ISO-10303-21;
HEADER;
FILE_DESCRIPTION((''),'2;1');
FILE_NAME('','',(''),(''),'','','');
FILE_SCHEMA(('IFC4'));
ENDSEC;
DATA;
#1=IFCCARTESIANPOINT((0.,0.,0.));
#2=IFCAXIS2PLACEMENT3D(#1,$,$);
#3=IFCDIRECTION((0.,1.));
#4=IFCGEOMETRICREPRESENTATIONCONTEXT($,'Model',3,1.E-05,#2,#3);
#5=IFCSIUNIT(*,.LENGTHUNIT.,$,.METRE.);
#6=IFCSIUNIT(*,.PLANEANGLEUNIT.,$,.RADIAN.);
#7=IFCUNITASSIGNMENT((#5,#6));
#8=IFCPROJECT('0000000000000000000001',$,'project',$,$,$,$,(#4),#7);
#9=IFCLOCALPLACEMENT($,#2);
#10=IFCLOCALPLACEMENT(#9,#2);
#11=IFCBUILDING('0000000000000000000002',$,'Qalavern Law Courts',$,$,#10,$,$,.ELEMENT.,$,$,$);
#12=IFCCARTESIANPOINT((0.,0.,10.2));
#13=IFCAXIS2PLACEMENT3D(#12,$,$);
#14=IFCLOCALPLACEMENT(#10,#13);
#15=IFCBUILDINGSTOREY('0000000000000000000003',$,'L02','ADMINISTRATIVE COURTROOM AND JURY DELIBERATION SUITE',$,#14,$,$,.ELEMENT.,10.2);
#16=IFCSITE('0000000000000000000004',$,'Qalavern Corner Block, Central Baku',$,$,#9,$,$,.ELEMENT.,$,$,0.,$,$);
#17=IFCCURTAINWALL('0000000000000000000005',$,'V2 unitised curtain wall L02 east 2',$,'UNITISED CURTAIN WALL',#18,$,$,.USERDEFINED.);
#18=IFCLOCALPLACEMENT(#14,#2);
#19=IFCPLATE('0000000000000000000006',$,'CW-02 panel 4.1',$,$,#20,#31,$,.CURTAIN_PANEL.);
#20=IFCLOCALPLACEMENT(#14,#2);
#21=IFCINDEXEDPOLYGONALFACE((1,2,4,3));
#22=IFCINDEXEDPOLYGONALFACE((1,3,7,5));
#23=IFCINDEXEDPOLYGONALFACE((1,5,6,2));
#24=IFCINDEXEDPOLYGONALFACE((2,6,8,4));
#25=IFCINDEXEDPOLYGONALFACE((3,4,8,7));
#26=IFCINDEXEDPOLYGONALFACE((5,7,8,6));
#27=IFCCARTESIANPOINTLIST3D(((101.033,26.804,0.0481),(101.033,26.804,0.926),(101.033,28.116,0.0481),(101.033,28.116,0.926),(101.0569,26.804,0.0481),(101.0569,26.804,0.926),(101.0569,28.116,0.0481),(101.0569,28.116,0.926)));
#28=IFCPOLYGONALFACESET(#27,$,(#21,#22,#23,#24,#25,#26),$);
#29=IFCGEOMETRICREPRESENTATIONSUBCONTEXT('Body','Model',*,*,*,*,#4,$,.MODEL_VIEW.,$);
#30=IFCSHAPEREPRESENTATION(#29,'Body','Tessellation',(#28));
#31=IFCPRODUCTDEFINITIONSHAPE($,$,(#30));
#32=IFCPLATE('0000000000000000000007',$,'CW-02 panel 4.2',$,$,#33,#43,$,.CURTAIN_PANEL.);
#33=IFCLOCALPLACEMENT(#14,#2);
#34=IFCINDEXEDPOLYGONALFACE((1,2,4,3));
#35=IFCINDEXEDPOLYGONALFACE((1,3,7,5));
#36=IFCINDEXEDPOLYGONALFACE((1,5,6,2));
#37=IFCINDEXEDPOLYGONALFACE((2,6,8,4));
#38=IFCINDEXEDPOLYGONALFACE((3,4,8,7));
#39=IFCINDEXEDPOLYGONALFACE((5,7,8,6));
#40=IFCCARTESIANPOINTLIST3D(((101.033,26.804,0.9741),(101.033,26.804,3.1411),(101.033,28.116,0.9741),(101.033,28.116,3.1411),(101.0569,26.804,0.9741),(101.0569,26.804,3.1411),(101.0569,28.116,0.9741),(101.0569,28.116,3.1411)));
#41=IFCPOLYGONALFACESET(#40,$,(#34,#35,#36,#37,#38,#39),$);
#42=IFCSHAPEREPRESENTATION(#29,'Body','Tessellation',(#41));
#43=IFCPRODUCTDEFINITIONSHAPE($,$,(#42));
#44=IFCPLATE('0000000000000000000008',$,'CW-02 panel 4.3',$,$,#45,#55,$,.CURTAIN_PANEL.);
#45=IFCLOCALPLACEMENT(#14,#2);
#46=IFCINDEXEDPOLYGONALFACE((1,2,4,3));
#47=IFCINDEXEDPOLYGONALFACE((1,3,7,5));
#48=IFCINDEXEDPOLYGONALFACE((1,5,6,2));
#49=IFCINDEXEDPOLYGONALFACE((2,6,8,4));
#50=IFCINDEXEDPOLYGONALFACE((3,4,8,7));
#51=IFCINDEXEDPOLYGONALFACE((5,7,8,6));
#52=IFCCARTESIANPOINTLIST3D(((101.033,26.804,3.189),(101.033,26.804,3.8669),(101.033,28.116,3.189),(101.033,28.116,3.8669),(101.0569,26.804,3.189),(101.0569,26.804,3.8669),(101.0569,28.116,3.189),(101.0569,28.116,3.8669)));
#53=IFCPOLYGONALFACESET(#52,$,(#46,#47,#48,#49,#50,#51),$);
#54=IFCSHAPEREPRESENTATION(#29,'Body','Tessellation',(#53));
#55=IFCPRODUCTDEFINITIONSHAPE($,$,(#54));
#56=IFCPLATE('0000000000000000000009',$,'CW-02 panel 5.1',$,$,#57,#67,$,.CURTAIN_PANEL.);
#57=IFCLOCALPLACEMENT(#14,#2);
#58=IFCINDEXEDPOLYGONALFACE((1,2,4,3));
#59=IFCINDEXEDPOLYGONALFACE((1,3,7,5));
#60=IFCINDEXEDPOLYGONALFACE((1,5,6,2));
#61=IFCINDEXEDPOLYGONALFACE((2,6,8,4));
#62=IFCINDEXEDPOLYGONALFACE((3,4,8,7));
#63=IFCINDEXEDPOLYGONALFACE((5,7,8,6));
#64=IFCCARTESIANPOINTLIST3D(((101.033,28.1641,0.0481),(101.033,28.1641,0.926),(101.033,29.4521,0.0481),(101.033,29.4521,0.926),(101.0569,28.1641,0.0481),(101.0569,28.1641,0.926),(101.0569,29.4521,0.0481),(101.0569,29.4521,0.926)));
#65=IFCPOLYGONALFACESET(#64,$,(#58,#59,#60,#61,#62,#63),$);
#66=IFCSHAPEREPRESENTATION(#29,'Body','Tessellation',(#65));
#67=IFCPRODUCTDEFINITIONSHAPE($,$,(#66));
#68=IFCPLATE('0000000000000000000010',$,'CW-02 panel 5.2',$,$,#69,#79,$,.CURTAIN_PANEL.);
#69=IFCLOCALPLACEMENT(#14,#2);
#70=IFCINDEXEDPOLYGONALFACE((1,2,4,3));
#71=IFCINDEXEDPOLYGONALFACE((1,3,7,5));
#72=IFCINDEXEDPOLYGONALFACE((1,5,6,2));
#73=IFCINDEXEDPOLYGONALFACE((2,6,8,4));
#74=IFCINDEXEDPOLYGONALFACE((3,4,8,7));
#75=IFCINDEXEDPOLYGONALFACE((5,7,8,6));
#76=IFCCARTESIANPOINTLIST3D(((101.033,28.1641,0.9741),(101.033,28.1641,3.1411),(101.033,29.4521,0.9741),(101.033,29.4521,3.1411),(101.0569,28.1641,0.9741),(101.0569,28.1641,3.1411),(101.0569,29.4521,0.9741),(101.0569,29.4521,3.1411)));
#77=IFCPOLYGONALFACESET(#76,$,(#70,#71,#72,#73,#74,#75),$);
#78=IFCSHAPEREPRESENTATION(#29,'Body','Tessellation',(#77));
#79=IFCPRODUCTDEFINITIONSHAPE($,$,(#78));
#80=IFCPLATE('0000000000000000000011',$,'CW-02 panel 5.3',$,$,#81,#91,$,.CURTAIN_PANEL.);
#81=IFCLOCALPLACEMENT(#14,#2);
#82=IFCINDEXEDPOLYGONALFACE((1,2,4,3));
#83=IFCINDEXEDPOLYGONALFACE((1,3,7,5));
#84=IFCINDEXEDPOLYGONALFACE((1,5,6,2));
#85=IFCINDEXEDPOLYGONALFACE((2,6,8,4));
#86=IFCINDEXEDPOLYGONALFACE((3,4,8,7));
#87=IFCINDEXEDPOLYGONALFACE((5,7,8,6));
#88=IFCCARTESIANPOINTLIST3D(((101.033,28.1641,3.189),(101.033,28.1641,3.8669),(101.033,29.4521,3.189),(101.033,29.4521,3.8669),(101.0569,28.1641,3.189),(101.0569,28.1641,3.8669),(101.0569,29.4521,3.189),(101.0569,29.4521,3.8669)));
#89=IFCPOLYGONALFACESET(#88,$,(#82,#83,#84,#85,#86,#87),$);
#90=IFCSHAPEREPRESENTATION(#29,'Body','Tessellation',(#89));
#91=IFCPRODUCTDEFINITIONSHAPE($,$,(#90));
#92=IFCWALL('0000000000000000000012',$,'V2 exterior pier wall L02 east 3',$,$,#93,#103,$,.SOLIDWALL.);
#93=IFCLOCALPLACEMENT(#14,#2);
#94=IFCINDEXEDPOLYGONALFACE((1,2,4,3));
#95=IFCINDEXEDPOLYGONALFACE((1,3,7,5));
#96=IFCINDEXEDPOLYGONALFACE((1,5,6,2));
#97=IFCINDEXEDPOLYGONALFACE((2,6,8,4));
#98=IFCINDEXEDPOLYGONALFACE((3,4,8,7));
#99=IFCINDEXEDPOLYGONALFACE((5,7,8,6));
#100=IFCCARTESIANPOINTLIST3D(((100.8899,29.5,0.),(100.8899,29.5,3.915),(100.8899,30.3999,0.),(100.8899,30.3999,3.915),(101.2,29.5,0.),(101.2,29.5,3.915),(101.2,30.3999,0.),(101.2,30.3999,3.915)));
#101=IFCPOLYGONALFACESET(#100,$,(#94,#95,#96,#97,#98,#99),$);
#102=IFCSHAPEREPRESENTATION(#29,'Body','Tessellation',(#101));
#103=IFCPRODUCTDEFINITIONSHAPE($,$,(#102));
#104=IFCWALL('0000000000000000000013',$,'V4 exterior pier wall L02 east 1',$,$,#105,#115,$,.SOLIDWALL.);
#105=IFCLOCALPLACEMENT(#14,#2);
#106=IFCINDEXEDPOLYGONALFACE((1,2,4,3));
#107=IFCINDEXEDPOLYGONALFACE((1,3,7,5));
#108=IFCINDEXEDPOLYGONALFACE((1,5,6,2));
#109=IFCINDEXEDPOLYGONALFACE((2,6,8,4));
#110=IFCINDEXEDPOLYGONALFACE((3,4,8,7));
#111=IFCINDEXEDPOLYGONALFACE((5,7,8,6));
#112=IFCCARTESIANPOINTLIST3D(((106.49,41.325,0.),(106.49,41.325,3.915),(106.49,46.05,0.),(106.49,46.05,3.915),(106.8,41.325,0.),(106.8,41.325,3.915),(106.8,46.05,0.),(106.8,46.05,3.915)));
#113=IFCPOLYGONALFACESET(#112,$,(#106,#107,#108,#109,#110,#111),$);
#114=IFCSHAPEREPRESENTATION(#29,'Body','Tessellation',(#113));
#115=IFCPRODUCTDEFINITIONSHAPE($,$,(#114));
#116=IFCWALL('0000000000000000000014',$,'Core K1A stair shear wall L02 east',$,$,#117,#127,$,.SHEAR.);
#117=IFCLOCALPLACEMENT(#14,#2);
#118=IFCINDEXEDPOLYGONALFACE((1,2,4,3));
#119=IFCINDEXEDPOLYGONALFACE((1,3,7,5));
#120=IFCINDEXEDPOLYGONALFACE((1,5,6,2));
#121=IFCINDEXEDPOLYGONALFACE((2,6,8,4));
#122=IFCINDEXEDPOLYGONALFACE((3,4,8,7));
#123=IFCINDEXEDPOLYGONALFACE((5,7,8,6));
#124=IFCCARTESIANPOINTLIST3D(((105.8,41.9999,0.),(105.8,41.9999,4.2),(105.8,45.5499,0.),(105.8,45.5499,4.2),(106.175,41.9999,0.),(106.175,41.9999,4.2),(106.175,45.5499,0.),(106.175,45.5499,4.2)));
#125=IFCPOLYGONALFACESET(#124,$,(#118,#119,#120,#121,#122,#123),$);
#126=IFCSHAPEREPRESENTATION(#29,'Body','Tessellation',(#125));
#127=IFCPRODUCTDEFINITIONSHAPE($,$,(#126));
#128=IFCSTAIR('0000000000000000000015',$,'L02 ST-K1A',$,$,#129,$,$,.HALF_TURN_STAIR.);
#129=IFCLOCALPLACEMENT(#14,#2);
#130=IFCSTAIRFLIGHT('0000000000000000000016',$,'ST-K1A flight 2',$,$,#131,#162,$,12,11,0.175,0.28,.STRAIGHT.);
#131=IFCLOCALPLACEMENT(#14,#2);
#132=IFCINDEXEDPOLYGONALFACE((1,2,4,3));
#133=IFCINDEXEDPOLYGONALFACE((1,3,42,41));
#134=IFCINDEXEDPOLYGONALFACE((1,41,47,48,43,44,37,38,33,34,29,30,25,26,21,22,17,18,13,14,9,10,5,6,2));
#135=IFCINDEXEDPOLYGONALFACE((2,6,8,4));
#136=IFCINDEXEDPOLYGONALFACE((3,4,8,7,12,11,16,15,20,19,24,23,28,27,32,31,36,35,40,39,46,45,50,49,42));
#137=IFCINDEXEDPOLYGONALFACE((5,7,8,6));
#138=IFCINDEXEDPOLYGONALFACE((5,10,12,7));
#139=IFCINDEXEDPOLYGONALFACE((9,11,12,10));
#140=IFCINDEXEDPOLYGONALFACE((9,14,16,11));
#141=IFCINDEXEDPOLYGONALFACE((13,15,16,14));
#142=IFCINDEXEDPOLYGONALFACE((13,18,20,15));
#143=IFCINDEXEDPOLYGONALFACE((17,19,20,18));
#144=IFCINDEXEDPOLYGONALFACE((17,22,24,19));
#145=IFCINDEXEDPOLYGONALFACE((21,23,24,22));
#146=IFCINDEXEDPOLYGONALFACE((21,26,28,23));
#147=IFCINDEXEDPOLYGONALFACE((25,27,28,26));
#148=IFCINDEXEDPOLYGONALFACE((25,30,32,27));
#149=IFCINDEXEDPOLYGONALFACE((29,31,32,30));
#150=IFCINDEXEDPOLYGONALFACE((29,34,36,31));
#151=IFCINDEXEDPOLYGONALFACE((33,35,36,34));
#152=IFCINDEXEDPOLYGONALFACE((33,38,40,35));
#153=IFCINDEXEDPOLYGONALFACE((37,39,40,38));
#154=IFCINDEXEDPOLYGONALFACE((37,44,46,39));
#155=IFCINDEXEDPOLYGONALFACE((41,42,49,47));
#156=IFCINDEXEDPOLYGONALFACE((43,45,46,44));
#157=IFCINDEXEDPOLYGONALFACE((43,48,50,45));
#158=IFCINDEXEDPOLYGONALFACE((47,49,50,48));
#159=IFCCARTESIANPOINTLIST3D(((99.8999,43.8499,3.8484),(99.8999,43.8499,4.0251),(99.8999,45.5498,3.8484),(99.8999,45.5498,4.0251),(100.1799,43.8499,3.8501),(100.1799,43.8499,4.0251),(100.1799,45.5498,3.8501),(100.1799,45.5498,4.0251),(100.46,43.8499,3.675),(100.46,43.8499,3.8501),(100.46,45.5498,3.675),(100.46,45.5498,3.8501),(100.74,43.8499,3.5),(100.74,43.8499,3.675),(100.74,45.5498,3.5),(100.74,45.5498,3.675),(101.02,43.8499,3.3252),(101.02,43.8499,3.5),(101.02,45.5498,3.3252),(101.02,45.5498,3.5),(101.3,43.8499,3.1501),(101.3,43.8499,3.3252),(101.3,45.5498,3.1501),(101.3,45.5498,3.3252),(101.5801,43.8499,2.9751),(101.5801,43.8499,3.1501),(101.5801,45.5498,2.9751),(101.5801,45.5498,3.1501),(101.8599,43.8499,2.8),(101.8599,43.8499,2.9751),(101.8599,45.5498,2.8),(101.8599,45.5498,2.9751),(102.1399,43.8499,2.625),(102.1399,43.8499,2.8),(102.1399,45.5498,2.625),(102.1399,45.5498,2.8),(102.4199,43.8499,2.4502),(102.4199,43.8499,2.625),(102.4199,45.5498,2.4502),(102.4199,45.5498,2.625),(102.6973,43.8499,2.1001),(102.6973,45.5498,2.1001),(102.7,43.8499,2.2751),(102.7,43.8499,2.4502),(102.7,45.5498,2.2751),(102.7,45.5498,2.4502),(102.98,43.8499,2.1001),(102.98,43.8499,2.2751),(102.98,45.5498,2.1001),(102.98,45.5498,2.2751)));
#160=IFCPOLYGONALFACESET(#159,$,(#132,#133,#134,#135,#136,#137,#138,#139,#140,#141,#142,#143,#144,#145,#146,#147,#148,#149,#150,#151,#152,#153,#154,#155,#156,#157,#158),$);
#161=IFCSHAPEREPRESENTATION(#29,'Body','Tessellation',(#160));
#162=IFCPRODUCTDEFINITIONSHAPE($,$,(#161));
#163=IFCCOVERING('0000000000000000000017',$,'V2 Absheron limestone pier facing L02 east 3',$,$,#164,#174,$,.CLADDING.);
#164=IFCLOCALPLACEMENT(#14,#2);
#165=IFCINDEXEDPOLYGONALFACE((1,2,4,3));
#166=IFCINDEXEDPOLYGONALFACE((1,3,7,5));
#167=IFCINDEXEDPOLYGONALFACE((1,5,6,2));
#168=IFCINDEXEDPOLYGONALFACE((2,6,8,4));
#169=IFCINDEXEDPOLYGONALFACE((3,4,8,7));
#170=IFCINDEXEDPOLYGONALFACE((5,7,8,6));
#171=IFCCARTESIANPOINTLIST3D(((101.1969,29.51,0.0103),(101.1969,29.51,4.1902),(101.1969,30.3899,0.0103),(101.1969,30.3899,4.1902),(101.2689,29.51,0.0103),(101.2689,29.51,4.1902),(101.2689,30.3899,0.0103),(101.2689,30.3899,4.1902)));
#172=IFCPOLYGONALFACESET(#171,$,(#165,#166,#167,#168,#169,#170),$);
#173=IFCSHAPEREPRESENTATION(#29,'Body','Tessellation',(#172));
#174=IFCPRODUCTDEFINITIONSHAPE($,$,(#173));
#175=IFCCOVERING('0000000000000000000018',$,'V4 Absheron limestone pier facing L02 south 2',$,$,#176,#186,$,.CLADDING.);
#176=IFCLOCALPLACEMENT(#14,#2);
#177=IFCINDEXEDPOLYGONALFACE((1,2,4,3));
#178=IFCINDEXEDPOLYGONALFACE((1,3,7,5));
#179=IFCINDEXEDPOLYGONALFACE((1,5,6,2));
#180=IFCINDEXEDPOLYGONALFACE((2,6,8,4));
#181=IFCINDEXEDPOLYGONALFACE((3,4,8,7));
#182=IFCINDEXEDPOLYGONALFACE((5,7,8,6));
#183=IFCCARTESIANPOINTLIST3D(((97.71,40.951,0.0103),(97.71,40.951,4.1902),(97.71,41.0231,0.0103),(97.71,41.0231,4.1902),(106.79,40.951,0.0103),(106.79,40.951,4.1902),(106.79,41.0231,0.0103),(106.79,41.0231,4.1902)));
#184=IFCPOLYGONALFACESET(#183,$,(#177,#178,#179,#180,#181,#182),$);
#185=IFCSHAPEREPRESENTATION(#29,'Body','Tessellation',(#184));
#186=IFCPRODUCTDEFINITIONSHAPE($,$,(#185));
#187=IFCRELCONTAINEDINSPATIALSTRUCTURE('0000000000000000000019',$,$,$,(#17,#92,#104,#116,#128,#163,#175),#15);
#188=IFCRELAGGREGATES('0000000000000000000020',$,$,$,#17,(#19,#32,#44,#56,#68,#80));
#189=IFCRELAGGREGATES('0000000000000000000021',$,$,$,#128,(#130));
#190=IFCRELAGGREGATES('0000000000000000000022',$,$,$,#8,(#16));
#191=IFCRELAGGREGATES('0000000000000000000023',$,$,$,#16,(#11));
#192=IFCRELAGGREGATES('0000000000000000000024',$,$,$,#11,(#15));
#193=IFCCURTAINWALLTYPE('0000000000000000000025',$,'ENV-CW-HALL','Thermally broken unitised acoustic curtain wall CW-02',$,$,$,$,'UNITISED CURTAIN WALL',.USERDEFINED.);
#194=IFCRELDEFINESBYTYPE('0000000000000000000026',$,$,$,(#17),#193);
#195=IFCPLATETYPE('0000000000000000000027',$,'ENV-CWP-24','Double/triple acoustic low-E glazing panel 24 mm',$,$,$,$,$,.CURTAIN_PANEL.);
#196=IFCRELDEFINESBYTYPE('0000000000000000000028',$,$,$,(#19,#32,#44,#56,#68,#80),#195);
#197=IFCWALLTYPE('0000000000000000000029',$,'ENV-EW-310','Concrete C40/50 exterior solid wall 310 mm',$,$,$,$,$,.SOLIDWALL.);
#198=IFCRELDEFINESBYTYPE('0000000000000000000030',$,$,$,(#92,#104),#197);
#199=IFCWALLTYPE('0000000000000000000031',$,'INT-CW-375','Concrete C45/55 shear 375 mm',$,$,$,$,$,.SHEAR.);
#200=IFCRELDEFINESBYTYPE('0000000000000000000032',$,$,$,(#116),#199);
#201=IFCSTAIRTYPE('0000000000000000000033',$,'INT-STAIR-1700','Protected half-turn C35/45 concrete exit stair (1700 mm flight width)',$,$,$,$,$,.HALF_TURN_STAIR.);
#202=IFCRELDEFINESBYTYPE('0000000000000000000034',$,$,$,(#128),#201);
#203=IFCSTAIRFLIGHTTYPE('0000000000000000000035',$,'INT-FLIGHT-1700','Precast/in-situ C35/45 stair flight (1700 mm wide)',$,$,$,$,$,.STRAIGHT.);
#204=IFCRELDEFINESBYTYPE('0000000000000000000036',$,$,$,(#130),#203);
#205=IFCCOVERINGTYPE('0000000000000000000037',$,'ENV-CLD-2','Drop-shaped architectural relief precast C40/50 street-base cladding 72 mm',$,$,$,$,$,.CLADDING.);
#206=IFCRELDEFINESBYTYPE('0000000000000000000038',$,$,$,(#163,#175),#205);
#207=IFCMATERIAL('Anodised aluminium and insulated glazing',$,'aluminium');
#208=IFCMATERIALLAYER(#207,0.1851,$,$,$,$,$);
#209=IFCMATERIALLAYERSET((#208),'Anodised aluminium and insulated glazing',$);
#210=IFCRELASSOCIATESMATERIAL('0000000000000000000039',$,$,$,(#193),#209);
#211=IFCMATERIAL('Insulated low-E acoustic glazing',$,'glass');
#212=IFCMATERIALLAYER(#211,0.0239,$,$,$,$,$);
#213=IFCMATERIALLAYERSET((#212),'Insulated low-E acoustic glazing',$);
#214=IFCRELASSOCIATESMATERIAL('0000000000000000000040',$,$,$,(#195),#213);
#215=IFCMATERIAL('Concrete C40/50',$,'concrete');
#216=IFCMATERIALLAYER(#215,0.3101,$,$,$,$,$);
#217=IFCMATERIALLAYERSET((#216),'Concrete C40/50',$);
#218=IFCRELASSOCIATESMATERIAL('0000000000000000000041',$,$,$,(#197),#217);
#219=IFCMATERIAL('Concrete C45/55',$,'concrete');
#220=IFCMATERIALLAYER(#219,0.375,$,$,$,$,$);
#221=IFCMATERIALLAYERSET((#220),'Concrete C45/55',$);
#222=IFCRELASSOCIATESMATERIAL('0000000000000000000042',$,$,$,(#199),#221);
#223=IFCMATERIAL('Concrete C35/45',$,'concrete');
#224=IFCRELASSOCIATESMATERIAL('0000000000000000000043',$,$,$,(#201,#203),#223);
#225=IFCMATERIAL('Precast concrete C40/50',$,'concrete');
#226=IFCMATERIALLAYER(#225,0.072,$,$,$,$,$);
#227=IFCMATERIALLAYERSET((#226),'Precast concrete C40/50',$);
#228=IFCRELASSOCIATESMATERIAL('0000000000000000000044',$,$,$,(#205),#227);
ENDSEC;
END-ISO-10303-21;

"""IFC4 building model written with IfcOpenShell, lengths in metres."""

from ifc_helpers import new_model, si_unit, direction, frame, frame_2d, origin, origin_2d, place, context, subcontext, project, spatial, polyline, rectangle, outline, extrude, material, layer, layer_set, type_object, element, aggregate, save


model = new_model("IFC4")

# Units and contexts
model_context = context("Model", 3, precision=1e-05, world=origin(), true_north=direction((0.0, 1.0)))
body_context = subcontext(model_context, "Body", "Model", "MODEL_VIEW")
ifc_project = project(units=[si_unit("LENGTHUNIT", "METRE"), si_unit("PLANEANGLEUNIT", "RADIAN")], contexts=[model_context])

# Site, building, storey
site_placement = place(None, origin())
site = spatial("IfcSite", under=ifc_project, at=site_placement, Name="Qalavern Corner Block, Central Baku", CompositionType="ELEMENT", RefElevation=0.0)
building_placement = place(site_placement, origin())
building = spatial("IfcBuilding", under=site, at=building_placement, Name="Qalavern Law Courts", CompositionType="ELEMENT")
storey_placement = place(building_placement, frame((0.0, 0.0, 10.2)))
storey = spatial("IfcBuildingStorey", under=building, at=storey_placement, Name="L02", Description="ADMINISTRATIVE COURTROOM AND JURY DELIBERATION SUITE", CompositionType="ELEMENT", Elevation=10.2)

# Shared definitions
ifc_material_1 = material(Name="Concrete C45/55", Category="concrete")

# Curtain wall
ifc_material_2 = material(Name="Anodised aluminium and insulated glazing", Category="aluminium")
ifc_layer_1 = layer(ifc_material_2, 0.1851)
ifc_layer_set_1 = layer_set([ifc_layer_1], Name="Anodised aluminium and insulated glazing")
curtain_wall_type = type_object("IfcCurtainWallType", Name="ENV-CW-HALL", Description="Thermally broken unitised acoustic curtain wall CW-02", ElementType="UNITISED CURTAIN WALL", PredefinedType="USERDEFINED", material=ifc_layer_set_1)
curtain_wall_placement = place(storey_placement, origin())
curtain_wall = element("IfcCurtainWall", 1, at=curtain_wall_placement, inside=storey, type_object=curtain_wall_type, Name="V2 unitised curtain wall L02 east 2", ObjectType="UNITISED CURTAIN WALL", PredefinedType="USERDEFINED")

# Plates
ifc_material_3 = material(Name="Insulated low-E acoustic glazing", Category="glass")
ifc_layer_2 = layer(ifc_material_3, 0.0239)
ifc_layer_set_2 = layer_set([ifc_layer_2], Name="Insulated low-E acoustic glazing")
plate_type = type_object("IfcPlateType", Name="ENV-CWP-24", Description="Double/triple acoustic low-E glazing panel 24 mm", PredefinedType="CURTAIN_PANEL", material=ifc_layer_set_2)
plate_1_placement = place(storey_placement, frame((101.0449, 27.46, 0.0481), z_axis=(0.0, 0.0, 1.0), x_axis=(0.0, 1.0, 0.0)))
plate_1 = element("IfcPlate", 2, at=plate_1_placement, type_object=plate_type, Name="CW-02 panel 4.1", PredefinedType="CURTAIN_PANEL", context=body_context, shape_type="SweptSolid", body=[
    extrude(rectangle(XDim=1.312, YDim=0.0239, at=origin_2d()), origin(), (0.0, 0.0, 1.0), 0.8779),
])
plate_2_placement = place(storey_placement, frame((101.0449, 27.46, 0.9741), z_axis=(0.0, 0.0, 1.0), x_axis=(0.0, 1.0, 0.0)))
plate_2 = element("IfcPlate", 3, at=plate_2_placement, type_object=plate_type, Name="CW-02 panel 4.2", PredefinedType="CURTAIN_PANEL", context=body_context, shape_type="SweptSolid", body=[
    extrude(rectangle(XDim=1.312, YDim=0.0239, at=origin_2d()), origin(), (0.0, 0.0, 1.0), 2.167),
])
plate_3_placement = place(storey_placement, frame((101.0449, 27.46, 3.189), z_axis=(0.0, 0.0, 1.0), x_axis=(0.0, 1.0, 0.0)))
plate_3 = element("IfcPlate", 4, at=plate_3_placement, type_object=plate_type, Name="CW-02 panel 4.3", PredefinedType="CURTAIN_PANEL", context=body_context, shape_type="SweptSolid", body=[
    extrude(rectangle(XDim=1.312, YDim=0.0239, at=origin_2d()), origin(), (0.0, 0.0, 1.0), 0.678),
])
plate_4_placement = place(storey_placement, frame((101.0449, 28.8081, 0.0481), z_axis=(0.0, 0.0, 1.0), x_axis=(0.0, 1.0, 0.0)))
plate_4 = element("IfcPlate", 5, at=plate_4_placement, type_object=plate_type, Name="CW-02 panel 5.1", PredefinedType="CURTAIN_PANEL", context=body_context, shape_type="SweptSolid", body=[
    extrude(rectangle(XDim=1.2881, YDim=0.0239, at=origin_2d()), origin(), (0.0, 0.0, 1.0), 0.8779),
])
plate_5_placement = place(storey_placement, frame((101.0449, 28.8081, 0.9741), z_axis=(0.0, 0.0, 1.0), x_axis=(0.0, 1.0, 0.0)))
plate_5 = element("IfcPlate", 6, at=plate_5_placement, type_object=plate_type, Name="CW-02 panel 5.2", PredefinedType="CURTAIN_PANEL", context=body_context, shape_type="SweptSolid", body=[
    extrude(rectangle(XDim=1.2881, YDim=0.0239, at=origin_2d()), origin(), (0.0, 0.0, 1.0), 2.167),
])
plate_6_placement = place(storey_placement, frame((101.0449, 28.8081, 3.189), z_axis=(0.0, 0.0, 1.0), x_axis=(0.0, 1.0, 0.0)))
plate_6 = element("IfcPlate", 7, at=plate_6_placement, type_object=plate_type, Name="CW-02 panel 5.3", PredefinedType="CURTAIN_PANEL", context=body_context, shape_type="SweptSolid", body=[
    extrude(rectangle(XDim=1.2881, YDim=0.0239, at=origin_2d()), origin(), (0.0, 0.0, 1.0), 0.678),
])
aggregate(curtain_wall, [plate_1, plate_2, plate_3, plate_4, plate_5, plate_6])

# Walls
ifc_material_4 = material(Name="Concrete C40/50", Category="concrete")
ifc_layer_3 = layer(ifc_material_4, 0.3101)
ifc_layer_set_3 = layer_set([ifc_layer_3], Name="Concrete C40/50")
wall_type_1 = type_object("IfcWallType", Name="ENV-EW-310", Description="Concrete C40/50 exterior solid wall 310 mm", PredefinedType="SOLIDWALL", material=ifc_layer_set_3)
wall_1_placement = place(storey_placement, frame((101.0449, 29.5, 0.0), z_axis=(0.0, 0.0, 1.0), x_axis=(0.0, 1.0, 0.0)))
element("IfcWall", 8, at=wall_1_placement, inside=storey, type_object=wall_type_1, Name="V2 exterior pier wall L02 east 3", PredefinedType="SOLIDWALL", context=body_context, shape_type="SweptSolid", body=[
    extrude(rectangle(XDim=0.8999, YDim=0.3101, at=frame_2d((0.45, 0.0))), origin(), (0.0, 0.0, 1.0), 3.915),
])
wall_2_placement = place(storey_placement, frame((106.645, 41.325, 0.0), z_axis=(0.0, 0.0, 1.0), x_axis=(0.0, 1.0, 0.0)))
element("IfcWall", 9, at=wall_2_placement, inside=storey, type_object=wall_type_1, Name="V4 exterior pier wall L02 east 1", PredefinedType="SOLIDWALL", context=body_context, shape_type="SweptSolid", body=[
    extrude(rectangle(XDim=4.7251, YDim=0.3101, at=frame_2d((2.3625, 0.0))), origin(), (0.0, 0.0, 1.0), 3.915),
])
ifc_layer_4 = layer(ifc_material_1, 0.375)
ifc_layer_set_4 = layer_set([ifc_layer_4], Name="Concrete C45/55")
wall_type_2 = type_object("IfcWallType", Name="INT-CW-375", Description="Concrete C45/55 shear 375 mm", PredefinedType="SHEAR", material=ifc_layer_set_4)
wall_3_placement = place(storey_placement, frame((105.9875, 42.0, 0.0), z_axis=(0.0, 0.0, 1.0), x_axis=(0.0, 1.0, 0.0)))
element("IfcWall", 10, at=wall_3_placement, inside=storey, type_object=wall_type_2, Name="Core K1A stair shear wall L02 east", PredefinedType="SHEAR", context=body_context, shape_type="SweptSolid", body=[
    extrude(rectangle(XDim=3.55, YDim=0.375, at=frame_2d((1.7749, 0.0))), origin(), (0.0, 0.0, 1.0), 4.2),
])

# Stair, stair flight
ifc_material_5 = material(Name="Concrete C35/45", Category="concrete")
stair_type = type_object("IfcStairType", Name="INT-STAIR-1700", Description="Protected half-turn C35/45 concrete exit stair (1700 mm flight width)", PredefinedType="HALF_TURN_STAIR", material=ifc_material_5)
stair_placement = place(storey_placement, origin())
stair = element("IfcStair", 11, at=stair_placement, inside=storey, type_object=stair_type, Name="L02 ST-K1A", PredefinedType="HALF_TURN_STAIR")
stair_flight_type = type_object("IfcStairFlightType", Name="INT-FLIGHT-1700", Description="Precast/in-situ C35/45 stair flight (1700 mm wide)", PredefinedType="STRAIGHT", material=ifc_material_5)
stair_flight_placement = place(storey_placement, frame((102.98, 44.7, 2.1001), z_axis=(0.0, 0.0, 1.0), x_axis=(-1.0, 0.0, 0.0)))
stair_flight = element("IfcStairFlight", 12, at=stair_flight_placement, type_object=stair_flight_type, Name="ST-K1A flight 2", NumberOfRisers=12, NumberOfTreads=11, PredefinedType="STRAIGHT", RiserHeight=0.175, TreadLength=0.28, context=body_context, shape_type="SweptSolid", body=[
    extrude(outline(polyline([(0.0, 0.0), (0.0, 0.175), (0.28, 0.175), (0.28, 0.3501), (0.5601, 0.3501), (0.5601, 0.5249), (0.8401, 0.5249), (0.8401, 0.7), (1.1201, 0.7), (1.1201, 0.875), (1.3999, 0.875), (1.3999, 1.05), (1.6799, 1.05), (1.6799, 1.2251), (1.96, 1.2251), (1.96, 1.3999), (2.24, 1.3999), (2.24, 1.575), (2.52, 1.575), (2.52, 1.75), (2.8, 1.75), (2.8, 1.925), (3.0801, 1.925), (3.0801, 2.1001), (3.0801, 1.7483), (0.2827, 0.0), (0.0, 0.0)])), frame((0.0, 0.8501, 0.0), z_axis=(0.0, -1.0, 0.0), x_axis=(1.0, 0.0, 0.0)), (0.0, 0.0, 1.0), 1.7),
])
aggregate(stair, [stair_flight])

# Coverings
ifc_material_6 = material(Name="Precast concrete C40/50", Category="concrete")
ifc_layer_5 = layer(ifc_material_6, 0.072)
ifc_layer_set_5 = layer_set([ifc_layer_5], Name="Precast concrete C40/50")
covering_type = type_object("IfcCoveringType", Name="ENV-CLD-2", Description="Drop-shaped architectural relief precast C40/50 street-base cladding 72 mm", PredefinedType="CLADDING", material=ifc_layer_set_5)
covering_1_placement = place(storey_placement, frame((101.2329, 29.95, 0.0103), z_axis=(0.0, 0.0, 1.0), x_axis=(0.0, 1.0, 0.0)))
element("IfcCovering", 13, at=covering_1_placement, inside=storey, type_object=covering_type, Name="V2 Absheron limestone pier facing L02 east 3", PredefinedType="CLADDING", context=body_context, shape_type="SweptSolid", body=[
    extrude(rectangle(XDim=0.8799, YDim=0.072, at=origin_2d()), origin(), (0.0, 0.0, 1.0), 4.1799),
])
covering_2_placement = place(storey_placement, frame((102.25, 40.9871, 0.0103), z_axis=(0.0, 0.0, 1.0), x_axis=(1.0, 0.0, 0.0)))
element("IfcCovering", 14, at=covering_2_placement, inside=storey, type_object=covering_type, Name="V4 Absheron limestone pier facing L02 south 2", PredefinedType="CLADDING", context=body_context, shape_type="SweptSolid", body=[
    extrude(rectangle(XDim=9.0801, YDim=0.072, at=origin_2d()), origin(), (0.0, 0.0, 1.0), 4.1799),
])

save(model, "model.ifc")
